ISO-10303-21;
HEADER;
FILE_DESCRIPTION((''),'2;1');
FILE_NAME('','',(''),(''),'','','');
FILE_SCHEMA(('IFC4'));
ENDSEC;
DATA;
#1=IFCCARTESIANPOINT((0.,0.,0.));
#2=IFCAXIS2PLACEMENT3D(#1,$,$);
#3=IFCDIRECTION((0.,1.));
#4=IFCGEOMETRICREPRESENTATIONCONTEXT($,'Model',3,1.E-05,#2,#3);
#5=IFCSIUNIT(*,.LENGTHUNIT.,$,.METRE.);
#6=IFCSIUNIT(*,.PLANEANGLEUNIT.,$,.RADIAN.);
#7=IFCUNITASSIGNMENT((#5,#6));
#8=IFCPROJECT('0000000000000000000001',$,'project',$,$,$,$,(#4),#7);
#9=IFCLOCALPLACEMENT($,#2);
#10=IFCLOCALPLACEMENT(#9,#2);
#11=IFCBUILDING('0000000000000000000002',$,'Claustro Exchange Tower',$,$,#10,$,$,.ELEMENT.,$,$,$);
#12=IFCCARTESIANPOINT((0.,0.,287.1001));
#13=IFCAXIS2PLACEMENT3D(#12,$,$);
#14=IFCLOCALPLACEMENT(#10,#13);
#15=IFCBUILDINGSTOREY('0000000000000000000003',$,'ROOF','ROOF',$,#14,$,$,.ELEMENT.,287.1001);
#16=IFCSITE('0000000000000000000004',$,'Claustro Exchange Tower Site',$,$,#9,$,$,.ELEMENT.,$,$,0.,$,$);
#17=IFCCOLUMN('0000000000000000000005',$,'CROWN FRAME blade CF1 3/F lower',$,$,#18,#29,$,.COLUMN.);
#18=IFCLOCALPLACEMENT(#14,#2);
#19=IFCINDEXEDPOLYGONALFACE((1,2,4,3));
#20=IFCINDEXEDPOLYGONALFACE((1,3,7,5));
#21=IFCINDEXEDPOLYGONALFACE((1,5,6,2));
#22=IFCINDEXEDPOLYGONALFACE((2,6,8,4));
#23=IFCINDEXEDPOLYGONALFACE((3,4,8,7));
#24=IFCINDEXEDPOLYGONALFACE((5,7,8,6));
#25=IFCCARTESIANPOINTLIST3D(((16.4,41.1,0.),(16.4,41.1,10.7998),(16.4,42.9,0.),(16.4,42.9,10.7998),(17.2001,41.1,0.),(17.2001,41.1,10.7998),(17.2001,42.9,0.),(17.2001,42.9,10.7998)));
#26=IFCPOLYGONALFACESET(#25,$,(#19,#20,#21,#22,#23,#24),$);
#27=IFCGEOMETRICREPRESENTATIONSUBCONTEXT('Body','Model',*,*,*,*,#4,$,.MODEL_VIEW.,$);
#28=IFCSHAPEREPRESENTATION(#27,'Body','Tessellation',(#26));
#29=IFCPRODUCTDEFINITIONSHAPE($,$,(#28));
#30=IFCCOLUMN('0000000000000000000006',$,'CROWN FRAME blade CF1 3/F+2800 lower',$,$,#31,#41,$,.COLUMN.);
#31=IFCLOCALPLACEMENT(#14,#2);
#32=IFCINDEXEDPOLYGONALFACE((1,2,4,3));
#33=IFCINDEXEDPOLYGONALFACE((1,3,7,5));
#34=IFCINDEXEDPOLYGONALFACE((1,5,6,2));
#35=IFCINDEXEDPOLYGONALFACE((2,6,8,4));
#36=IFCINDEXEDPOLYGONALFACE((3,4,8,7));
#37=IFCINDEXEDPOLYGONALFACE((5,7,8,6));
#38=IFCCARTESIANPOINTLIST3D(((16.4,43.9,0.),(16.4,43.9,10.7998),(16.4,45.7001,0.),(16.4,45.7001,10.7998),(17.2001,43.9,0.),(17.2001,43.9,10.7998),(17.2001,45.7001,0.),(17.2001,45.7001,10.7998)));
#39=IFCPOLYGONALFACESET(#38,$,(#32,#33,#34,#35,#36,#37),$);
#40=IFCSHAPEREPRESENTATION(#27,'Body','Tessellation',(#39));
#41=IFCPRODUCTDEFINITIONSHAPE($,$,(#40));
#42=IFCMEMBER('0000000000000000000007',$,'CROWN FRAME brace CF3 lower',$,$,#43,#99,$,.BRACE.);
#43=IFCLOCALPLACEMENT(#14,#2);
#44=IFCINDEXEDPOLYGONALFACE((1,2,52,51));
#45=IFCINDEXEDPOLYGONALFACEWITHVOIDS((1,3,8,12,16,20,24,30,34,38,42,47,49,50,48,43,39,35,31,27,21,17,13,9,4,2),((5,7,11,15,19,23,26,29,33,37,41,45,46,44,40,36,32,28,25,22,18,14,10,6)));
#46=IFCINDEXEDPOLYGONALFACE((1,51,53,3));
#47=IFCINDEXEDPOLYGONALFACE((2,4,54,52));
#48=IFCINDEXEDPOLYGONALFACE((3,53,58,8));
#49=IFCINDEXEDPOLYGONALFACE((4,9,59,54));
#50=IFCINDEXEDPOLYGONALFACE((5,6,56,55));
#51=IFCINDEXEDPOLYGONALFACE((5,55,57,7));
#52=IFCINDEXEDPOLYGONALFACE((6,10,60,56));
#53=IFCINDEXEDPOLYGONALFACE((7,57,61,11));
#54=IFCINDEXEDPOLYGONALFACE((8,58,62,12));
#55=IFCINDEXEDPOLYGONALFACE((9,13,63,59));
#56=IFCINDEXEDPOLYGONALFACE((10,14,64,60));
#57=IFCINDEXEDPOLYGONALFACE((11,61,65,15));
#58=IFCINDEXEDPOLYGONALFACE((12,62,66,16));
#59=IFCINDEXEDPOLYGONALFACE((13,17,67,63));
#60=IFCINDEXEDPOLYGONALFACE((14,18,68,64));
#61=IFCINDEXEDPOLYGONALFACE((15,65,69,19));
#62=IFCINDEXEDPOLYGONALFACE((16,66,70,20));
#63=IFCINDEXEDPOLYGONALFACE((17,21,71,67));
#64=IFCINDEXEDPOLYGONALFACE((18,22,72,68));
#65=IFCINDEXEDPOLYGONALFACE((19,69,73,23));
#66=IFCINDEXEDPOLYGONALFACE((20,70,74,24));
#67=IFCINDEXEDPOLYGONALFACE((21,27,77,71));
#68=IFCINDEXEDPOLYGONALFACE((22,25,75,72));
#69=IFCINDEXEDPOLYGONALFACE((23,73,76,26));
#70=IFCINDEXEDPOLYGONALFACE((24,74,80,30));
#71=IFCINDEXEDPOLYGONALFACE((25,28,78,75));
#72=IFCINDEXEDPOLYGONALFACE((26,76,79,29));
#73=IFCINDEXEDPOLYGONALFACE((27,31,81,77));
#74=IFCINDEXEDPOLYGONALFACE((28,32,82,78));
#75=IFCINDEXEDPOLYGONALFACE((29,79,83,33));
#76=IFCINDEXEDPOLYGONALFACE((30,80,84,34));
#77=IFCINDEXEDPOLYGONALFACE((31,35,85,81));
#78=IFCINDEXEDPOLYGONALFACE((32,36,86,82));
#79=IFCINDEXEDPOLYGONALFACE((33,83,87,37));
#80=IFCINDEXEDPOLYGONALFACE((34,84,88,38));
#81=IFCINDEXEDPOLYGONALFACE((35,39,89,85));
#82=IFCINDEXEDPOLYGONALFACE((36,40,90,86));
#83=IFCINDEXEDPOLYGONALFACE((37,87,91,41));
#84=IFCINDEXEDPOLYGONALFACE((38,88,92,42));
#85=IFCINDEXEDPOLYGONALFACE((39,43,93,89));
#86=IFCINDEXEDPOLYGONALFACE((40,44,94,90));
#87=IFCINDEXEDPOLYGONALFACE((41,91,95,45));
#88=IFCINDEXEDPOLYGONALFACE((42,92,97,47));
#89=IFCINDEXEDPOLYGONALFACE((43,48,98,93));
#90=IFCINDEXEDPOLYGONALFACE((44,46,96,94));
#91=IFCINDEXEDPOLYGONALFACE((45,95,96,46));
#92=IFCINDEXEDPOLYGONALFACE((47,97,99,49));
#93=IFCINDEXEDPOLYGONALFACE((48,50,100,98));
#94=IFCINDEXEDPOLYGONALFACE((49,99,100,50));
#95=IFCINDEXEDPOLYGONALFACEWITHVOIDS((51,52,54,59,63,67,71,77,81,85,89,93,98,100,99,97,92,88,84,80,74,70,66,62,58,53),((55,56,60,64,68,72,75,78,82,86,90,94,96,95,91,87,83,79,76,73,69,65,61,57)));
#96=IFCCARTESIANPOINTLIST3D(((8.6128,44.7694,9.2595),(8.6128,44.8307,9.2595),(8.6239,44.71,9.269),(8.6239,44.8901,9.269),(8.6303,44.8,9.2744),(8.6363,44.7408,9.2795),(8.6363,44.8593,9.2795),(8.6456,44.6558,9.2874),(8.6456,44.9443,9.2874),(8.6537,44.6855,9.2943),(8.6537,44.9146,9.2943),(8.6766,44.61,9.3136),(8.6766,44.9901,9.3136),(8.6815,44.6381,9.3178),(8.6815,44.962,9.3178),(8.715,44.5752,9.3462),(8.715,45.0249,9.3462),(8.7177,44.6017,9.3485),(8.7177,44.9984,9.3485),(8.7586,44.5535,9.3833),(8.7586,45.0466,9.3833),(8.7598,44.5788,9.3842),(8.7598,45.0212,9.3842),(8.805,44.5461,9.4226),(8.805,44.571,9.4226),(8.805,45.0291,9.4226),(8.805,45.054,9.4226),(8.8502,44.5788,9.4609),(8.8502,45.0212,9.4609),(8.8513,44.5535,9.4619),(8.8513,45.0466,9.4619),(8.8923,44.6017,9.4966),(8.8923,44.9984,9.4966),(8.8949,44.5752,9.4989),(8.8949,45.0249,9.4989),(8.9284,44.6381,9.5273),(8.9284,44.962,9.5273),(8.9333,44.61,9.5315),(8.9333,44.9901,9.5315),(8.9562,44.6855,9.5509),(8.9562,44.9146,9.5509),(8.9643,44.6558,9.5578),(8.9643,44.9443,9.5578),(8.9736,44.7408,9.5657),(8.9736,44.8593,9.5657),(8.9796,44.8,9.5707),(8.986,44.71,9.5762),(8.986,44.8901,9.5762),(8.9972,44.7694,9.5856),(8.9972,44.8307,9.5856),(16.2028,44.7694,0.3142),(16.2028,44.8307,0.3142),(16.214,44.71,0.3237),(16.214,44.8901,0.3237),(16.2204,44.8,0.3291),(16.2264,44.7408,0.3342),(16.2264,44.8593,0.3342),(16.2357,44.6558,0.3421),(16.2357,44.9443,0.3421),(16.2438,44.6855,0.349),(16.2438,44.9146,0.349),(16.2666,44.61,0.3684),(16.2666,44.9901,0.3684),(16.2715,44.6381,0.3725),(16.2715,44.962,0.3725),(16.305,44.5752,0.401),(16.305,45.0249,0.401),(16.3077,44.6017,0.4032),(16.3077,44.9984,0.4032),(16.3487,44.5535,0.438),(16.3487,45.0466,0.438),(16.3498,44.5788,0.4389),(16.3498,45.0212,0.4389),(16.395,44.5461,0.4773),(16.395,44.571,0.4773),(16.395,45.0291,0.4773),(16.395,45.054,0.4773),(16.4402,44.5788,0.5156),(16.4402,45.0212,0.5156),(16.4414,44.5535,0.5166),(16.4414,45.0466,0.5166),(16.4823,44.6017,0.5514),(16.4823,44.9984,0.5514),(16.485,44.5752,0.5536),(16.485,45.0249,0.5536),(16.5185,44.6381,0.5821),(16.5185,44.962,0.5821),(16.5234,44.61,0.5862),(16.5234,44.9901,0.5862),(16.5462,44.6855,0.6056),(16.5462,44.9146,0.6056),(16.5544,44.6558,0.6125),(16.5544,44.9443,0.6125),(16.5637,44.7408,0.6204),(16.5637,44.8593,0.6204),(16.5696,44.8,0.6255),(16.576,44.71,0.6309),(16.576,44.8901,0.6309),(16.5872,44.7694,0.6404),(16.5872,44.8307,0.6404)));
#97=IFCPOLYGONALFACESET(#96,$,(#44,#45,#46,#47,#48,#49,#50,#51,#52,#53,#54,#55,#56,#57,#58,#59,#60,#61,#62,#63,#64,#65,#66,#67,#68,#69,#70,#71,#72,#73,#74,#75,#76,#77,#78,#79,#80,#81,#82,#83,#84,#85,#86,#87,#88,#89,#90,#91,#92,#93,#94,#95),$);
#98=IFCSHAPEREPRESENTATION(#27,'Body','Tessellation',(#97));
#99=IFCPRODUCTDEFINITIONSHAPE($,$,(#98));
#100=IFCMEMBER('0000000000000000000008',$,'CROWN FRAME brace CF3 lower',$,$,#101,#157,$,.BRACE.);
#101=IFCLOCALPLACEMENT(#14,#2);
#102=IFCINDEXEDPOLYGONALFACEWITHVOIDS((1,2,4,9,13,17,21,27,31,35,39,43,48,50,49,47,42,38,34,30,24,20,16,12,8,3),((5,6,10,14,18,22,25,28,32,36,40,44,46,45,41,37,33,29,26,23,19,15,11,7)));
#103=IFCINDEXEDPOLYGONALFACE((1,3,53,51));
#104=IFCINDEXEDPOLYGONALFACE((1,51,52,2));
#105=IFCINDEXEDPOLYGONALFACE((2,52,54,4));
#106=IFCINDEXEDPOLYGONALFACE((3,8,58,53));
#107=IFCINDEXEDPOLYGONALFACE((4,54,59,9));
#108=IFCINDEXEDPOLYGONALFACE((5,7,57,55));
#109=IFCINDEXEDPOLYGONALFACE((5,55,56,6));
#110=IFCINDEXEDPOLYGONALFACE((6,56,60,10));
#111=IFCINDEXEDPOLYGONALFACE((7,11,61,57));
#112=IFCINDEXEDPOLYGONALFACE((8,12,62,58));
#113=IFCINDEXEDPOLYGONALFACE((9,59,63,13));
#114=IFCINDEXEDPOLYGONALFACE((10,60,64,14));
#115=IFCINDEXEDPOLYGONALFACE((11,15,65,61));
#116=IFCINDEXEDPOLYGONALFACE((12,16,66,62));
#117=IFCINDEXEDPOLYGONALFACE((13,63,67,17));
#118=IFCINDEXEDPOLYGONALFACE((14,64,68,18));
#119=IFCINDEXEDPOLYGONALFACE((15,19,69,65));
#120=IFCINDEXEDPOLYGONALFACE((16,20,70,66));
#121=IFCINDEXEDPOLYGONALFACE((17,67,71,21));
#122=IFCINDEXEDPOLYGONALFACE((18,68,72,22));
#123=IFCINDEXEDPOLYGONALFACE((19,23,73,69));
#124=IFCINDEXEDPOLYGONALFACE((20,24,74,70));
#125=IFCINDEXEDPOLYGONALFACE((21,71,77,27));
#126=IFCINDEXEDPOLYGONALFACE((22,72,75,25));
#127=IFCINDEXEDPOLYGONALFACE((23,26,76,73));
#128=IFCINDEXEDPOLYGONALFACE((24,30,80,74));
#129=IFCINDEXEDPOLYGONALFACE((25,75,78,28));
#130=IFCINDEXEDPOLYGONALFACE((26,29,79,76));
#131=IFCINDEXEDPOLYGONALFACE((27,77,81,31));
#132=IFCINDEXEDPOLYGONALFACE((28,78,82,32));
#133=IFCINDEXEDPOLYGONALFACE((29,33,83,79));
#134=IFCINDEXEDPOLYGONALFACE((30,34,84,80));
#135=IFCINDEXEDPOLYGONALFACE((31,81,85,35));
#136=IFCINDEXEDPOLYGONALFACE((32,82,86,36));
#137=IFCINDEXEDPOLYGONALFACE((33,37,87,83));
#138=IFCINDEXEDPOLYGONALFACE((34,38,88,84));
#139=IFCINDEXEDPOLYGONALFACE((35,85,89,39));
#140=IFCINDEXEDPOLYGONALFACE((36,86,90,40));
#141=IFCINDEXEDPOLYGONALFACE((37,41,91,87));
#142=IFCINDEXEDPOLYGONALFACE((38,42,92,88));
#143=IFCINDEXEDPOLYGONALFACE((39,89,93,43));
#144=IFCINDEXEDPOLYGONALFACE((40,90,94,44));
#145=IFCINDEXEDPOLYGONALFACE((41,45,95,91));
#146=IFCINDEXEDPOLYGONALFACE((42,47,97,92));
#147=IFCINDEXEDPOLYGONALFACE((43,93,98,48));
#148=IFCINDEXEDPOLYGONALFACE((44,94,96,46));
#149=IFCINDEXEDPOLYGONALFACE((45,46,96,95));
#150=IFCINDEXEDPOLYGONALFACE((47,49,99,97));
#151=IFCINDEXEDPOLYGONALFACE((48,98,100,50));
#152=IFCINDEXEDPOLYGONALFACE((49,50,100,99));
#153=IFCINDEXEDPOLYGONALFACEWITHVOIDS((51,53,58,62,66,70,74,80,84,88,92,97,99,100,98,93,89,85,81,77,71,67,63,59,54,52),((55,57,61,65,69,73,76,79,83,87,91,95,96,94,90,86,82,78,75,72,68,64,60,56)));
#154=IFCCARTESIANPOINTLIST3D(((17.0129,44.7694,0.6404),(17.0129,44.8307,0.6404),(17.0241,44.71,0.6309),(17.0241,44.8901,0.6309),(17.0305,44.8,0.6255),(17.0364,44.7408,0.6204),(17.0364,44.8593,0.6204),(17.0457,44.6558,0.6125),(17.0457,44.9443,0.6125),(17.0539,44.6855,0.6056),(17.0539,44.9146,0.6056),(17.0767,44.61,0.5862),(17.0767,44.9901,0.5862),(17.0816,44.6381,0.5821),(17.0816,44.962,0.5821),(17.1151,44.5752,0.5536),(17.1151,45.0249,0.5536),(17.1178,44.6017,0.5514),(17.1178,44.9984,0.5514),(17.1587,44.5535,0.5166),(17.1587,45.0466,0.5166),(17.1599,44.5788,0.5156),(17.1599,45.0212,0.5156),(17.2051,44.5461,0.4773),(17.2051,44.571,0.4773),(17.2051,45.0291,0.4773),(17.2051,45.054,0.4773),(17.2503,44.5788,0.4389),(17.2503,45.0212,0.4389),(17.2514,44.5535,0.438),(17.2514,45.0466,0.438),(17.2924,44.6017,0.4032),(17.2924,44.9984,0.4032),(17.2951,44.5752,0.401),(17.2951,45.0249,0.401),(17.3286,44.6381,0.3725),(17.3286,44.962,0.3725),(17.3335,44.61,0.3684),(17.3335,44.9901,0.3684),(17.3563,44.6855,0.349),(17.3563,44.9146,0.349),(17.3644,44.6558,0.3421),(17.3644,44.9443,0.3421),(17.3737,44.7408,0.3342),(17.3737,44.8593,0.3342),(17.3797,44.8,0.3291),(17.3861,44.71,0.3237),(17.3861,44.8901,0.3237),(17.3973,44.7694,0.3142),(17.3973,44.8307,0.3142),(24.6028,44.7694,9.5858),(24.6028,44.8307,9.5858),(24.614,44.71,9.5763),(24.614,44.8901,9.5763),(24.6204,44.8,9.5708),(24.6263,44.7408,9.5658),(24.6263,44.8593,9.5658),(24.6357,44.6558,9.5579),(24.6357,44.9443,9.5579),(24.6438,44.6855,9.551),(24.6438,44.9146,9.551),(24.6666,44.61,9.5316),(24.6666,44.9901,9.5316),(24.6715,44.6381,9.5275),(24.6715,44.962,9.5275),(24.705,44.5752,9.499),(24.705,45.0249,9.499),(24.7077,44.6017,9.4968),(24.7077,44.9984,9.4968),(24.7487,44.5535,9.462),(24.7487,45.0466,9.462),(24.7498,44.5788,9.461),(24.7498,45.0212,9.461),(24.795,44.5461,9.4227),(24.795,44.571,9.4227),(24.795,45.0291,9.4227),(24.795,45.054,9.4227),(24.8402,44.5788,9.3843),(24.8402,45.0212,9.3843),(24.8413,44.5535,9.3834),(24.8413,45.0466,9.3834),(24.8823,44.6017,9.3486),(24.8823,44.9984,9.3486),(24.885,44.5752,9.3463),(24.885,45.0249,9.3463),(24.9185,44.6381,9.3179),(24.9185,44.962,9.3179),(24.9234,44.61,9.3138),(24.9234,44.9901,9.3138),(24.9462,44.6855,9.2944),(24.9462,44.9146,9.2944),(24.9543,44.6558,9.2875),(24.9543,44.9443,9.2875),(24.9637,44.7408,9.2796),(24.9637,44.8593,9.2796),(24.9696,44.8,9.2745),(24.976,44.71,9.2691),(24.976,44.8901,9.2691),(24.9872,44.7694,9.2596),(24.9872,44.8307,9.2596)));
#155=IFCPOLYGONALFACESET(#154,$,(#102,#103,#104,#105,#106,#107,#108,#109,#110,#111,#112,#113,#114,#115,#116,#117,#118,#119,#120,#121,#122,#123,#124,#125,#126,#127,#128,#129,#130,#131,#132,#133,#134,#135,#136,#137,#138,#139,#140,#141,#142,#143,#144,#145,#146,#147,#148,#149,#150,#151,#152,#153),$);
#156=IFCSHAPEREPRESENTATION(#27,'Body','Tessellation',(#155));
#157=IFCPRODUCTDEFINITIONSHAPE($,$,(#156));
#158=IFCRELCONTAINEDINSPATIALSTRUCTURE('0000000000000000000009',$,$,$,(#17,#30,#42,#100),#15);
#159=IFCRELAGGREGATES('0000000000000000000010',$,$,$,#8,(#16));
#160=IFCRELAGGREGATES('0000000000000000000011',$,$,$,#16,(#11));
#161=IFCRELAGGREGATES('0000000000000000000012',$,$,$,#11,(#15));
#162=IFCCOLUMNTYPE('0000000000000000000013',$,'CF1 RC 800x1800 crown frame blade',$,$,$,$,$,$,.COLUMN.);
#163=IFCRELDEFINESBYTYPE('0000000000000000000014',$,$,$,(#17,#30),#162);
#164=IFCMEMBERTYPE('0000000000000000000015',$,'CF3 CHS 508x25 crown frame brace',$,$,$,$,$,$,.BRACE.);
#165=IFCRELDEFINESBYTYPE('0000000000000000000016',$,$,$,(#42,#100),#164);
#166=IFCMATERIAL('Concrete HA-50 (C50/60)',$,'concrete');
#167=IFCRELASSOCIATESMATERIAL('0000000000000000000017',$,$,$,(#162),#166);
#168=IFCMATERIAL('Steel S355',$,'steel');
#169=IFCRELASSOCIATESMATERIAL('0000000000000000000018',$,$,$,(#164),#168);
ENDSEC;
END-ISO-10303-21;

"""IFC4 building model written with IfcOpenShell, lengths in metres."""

from ifc_helpers import new_model, si_unit, direction, frame, origin, origin_2d, place, context, subcontext, project, spatial, rectangle, hollow_circle, extrude, material, material_profile, profile_set, type_object, element, save


model = new_model("IFC4")

# Units and contexts
model_context = context("Model", 3, precision=1e-05, world=origin(), true_north=direction((0.0, 1.0)))
body_context = subcontext(model_context, "Body", "Model", "MODEL_VIEW")
ifc_project = project(units=[si_unit("LENGTHUNIT", "METRE"), si_unit("PLANEANGLEUNIT", "RADIAN")], contexts=[model_context])

# Site, building, storey
site_placement = place(None, origin())
site = spatial("IfcSite", under=ifc_project, at=site_placement, Name="Claustro Exchange Tower Site", CompositionType="ELEMENT", RefElevation=0.0)
building_placement = place(site_placement, origin())
building = spatial("IfcBuilding", under=site, at=building_placement, Name="Claustro Exchange Tower", CompositionType="ELEMENT")
storey_placement = place(building_placement, frame((0.0, 0.0, 287.1001)))
storey = spatial("IfcBuildingStorey", under=building, at=storey_placement, Name="ROOF", Description="ROOF", CompositionType="ELEMENT", Elevation=287.1001)

# Columns
ifc_material_1 = material(Name="Concrete HA-50 (C50/60)", Category="concrete")
ifc_material_profile_1 = material_profile(ifc_material_1, rectangle(XDim=0.8, YDim=1.8, at=origin_2d()), Name="RC 800x1800")
ifc_profile_set_1 = profile_set([ifc_material_profile_1], Name="Concrete HA-50 (C50/60)")
column_type = type_object("IfcColumnType", Name="CF1 RC 800x1800 crown frame blade", PredefinedType="COLUMN", material=ifc_profile_set_1)
for number, where, z_axis, x_axis, name in (
    (1, (16.8, 42.0, 0.0), (0.0, 0.0, 1.0), (1.0, 0.0, 0.0), "CROWN FRAME blade CF1 3/F lower"),
    (2, (16.8, 44.8, 0.0), (0.0, 0.0, 1.0), (1.0, 0.0, 0.0), "CROWN FRAME blade CF1 3/F+2800 lower"),
):
    element("IfcColumn", number, at=place(storey_placement, frame(where, z_axis=z_axis, x_axis=x_axis)), inside=storey, type_object=column_type, Name=name, PredefinedType="COLUMN", context=body_context, shape_type="SweptSolid", body=[
        extrude(rectangle(XDim=0.8, YDim=1.8, at=origin_2d()), origin(), (0.0, 0.0, 1.0), 10.7998),
    ])

# Members
ifc_material_2 = material(Name="Steel S355", Category="steel")
ifc_material_profile_2 = material_profile(ifc_material_2, hollow_circle(Radius=0.2539, WallThickness=0.0249, at=origin_2d()), Name="CHS 508x25")
ifc_profile_set_2 = profile_set([ifc_material_profile_2], Name="Steel S355")
member_type = type_object("IfcMemberType", Name="CF3 CHS 508x25 crown frame brace", PredefinedType="BRACE", material=ifc_profile_set_2)
for number, where, z_axis, x_axis, name in (
    (3, (16.395, 44.8, 0.4773), (-0.646984, 0.0, 0.762504), (0.0, -1.0, 0.0), "CROWN FRAME brace CF3 lower"),
    (4, (17.2051, 44.8, 0.4773), (0.646972, 0.0, 0.762514), (0.0, 1.0, 0.0), "CROWN FRAME brace CF3 lower"),
):
    element("IfcMember", number, at=place(storey_placement, frame(where, z_axis=z_axis, x_axis=x_axis)), inside=storey, type_object=member_type, Name=name, PredefinedType="BRACE", context=body_context, shape_type="SweptSolid", body=[
        extrude(hollow_circle(Radius=0.2539, WallThickness=0.0249, at=origin_2d()), origin(), (0.0, 0.0, 1.0), 11.7314),
    ])

save(model, "model.ifc")
